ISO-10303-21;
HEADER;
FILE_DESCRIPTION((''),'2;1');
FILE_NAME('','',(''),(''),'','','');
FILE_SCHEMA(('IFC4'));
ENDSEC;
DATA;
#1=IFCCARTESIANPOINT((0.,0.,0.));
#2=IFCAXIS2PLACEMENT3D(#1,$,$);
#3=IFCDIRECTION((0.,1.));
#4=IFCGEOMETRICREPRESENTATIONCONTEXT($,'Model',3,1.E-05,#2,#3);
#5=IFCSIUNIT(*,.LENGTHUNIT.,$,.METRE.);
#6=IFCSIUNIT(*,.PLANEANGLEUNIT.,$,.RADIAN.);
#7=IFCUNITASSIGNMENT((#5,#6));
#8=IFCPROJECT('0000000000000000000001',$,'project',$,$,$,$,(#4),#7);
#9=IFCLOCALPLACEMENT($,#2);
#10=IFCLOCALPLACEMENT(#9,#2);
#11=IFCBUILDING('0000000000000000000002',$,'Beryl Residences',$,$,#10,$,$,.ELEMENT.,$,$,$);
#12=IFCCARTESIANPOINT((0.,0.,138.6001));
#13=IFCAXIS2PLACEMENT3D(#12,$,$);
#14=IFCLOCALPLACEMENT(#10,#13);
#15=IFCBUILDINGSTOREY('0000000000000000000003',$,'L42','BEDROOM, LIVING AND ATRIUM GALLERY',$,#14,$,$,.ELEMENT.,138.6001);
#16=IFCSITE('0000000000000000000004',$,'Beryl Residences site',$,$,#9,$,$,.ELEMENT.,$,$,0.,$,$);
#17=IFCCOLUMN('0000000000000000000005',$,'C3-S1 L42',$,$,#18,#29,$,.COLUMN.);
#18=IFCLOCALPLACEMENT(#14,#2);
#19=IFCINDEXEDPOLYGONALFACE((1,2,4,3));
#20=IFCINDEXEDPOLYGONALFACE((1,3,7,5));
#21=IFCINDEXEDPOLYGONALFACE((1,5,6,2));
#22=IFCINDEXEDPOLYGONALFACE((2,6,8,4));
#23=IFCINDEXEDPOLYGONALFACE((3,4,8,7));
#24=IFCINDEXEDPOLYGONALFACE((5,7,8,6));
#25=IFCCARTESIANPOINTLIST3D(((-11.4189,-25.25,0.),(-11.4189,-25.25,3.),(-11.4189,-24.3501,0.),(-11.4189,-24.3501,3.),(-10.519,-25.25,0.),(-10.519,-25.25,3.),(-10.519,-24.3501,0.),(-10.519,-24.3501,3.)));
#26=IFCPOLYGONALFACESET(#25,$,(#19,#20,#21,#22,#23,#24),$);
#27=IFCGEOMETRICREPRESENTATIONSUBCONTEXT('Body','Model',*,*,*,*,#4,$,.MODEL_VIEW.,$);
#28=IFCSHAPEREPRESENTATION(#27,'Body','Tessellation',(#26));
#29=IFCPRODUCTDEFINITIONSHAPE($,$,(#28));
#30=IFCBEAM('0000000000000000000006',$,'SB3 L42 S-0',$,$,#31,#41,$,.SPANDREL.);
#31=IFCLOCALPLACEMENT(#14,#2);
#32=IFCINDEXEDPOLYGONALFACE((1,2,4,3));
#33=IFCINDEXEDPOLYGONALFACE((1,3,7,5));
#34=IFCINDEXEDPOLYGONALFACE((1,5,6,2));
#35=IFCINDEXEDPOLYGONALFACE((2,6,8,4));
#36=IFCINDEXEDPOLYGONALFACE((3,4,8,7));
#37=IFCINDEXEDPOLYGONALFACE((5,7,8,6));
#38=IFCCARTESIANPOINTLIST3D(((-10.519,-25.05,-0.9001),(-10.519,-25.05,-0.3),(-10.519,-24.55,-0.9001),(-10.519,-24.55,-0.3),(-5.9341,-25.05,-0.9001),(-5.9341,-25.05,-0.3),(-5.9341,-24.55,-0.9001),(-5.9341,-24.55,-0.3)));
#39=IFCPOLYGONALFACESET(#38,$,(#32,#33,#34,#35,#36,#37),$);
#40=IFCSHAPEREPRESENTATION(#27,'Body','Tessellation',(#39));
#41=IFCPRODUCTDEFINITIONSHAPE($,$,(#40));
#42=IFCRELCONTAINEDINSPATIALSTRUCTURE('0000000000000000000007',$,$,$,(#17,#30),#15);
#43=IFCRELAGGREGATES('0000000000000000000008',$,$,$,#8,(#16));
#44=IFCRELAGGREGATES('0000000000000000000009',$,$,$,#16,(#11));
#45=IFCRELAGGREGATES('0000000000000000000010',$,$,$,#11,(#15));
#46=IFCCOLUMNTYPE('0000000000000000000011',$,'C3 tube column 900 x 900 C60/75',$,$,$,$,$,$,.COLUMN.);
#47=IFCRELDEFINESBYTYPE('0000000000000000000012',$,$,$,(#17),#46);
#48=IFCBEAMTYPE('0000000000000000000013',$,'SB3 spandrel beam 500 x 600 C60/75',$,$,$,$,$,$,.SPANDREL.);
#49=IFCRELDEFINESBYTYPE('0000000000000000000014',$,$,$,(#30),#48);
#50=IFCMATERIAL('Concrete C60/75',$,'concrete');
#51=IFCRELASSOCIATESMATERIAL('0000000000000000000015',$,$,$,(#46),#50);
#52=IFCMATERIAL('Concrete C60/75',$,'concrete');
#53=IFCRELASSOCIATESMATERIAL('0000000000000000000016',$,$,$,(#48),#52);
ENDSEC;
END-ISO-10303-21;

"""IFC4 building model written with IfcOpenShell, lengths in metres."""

from ifc_helpers import new_model, si_unit, direction, frame, origin, origin_2d, place, context, subcontext, project, spatial, rectangle, extrude, material, material_profile, profile_set, type_object, element, save


model = new_model("IFC4")

# Units and contexts
model_context = context("Model", 3, precision=1e-05, world=origin(), true_north=direction((0.0, 1.0)))
body_context = subcontext(model_context, "Body", "Model", "MODEL_VIEW")
ifc_project = project(units=[si_unit("LENGTHUNIT", "METRE"), si_unit("PLANEANGLEUNIT", "RADIAN")], contexts=[model_context])

# Site, building, storey
site_placement = place(None, origin())
site = spatial("IfcSite", under=ifc_project, at=site_placement, Name="Beryl Residences site", CompositionType="ELEMENT", RefElevation=0.0)
building_placement = place(site_placement, origin())
building = spatial("IfcBuilding", under=site, at=building_placement, Name="Beryl Residences", CompositionType="ELEMENT")
storey_placement = place(building_placement, frame((0.0, 0.0, 138.6001)))
storey = spatial("IfcBuildingStorey", under=building, at=storey_placement, Name="L42", Description="BEDROOM, LIVING AND ATRIUM GALLERY", CompositionType="ELEMENT", Elevation=138.6001)

# Column
ifc_material_1 = material(Name="Concrete C60/75", Category="concrete")
ifc_material_profile_1 = material_profile(ifc_material_1, rectangle(XDim=0.8999, YDim=0.8999, at=origin_2d()))
ifc_profile_set_1 = profile_set([ifc_material_profile_1], Name="Concrete C60/75")
column_type = type_object("IfcColumnType", Name="C3 tube column 900 x 900 C60/75", PredefinedType="COLUMN", material=ifc_profile_set_1)
column_placement = place(storey_placement, frame((-10.969, -24.8, 0.0), z_axis=(0.0, 0.0, 1.0), x_axis=(1.0, 0.0, 0.0)))
element("IfcColumn", 1, at=column_placement, inside=storey, type_object=column_type, Name="C3-S1 L42", PredefinedType="COLUMN", context=body_context, shape_type="SweptSolid", body=[
    extrude(rectangle(XDim=0.8999, YDim=0.8999, at=origin_2d()), origin(), (0.0, 0.0, 1.0), 3.0),
])

# Beam
ifc_material_2 = material(Name="Concrete C60/75", Category="concrete")
ifc_material_profile_2 = material_profile(ifc_material_2, rectangle(XDim=0.5, YDim=0.6001, at=origin_2d()))
ifc_profile_set_2 = profile_set([ifc_material_profile_2], Name="Concrete C60/75")
beam_type = type_object("IfcBeamType", Name="SB3 spandrel beam 500 x 600 C60/75", PredefinedType="SPANDREL", material=ifc_profile_set_2)
beam_placement = place(storey_placement, frame((-10.519, -24.8, -0.6001), z_axis=(1.0, 0.0, 0.0), x_axis=(0.0, 1.0, 0.0)))
element("IfcBeam", 2, at=beam_placement, inside=storey, type_object=beam_type, Name="SB3 L42 S-0", PredefinedType="SPANDREL", context=body_context, shape_type="SweptSolid", body=[
    extrude(rectangle(XDim=0.5, YDim=0.6001, at=origin_2d()), origin(), (0.0, 0.0, 1.0), 4.585),
])

save(model, "model.ifc")
